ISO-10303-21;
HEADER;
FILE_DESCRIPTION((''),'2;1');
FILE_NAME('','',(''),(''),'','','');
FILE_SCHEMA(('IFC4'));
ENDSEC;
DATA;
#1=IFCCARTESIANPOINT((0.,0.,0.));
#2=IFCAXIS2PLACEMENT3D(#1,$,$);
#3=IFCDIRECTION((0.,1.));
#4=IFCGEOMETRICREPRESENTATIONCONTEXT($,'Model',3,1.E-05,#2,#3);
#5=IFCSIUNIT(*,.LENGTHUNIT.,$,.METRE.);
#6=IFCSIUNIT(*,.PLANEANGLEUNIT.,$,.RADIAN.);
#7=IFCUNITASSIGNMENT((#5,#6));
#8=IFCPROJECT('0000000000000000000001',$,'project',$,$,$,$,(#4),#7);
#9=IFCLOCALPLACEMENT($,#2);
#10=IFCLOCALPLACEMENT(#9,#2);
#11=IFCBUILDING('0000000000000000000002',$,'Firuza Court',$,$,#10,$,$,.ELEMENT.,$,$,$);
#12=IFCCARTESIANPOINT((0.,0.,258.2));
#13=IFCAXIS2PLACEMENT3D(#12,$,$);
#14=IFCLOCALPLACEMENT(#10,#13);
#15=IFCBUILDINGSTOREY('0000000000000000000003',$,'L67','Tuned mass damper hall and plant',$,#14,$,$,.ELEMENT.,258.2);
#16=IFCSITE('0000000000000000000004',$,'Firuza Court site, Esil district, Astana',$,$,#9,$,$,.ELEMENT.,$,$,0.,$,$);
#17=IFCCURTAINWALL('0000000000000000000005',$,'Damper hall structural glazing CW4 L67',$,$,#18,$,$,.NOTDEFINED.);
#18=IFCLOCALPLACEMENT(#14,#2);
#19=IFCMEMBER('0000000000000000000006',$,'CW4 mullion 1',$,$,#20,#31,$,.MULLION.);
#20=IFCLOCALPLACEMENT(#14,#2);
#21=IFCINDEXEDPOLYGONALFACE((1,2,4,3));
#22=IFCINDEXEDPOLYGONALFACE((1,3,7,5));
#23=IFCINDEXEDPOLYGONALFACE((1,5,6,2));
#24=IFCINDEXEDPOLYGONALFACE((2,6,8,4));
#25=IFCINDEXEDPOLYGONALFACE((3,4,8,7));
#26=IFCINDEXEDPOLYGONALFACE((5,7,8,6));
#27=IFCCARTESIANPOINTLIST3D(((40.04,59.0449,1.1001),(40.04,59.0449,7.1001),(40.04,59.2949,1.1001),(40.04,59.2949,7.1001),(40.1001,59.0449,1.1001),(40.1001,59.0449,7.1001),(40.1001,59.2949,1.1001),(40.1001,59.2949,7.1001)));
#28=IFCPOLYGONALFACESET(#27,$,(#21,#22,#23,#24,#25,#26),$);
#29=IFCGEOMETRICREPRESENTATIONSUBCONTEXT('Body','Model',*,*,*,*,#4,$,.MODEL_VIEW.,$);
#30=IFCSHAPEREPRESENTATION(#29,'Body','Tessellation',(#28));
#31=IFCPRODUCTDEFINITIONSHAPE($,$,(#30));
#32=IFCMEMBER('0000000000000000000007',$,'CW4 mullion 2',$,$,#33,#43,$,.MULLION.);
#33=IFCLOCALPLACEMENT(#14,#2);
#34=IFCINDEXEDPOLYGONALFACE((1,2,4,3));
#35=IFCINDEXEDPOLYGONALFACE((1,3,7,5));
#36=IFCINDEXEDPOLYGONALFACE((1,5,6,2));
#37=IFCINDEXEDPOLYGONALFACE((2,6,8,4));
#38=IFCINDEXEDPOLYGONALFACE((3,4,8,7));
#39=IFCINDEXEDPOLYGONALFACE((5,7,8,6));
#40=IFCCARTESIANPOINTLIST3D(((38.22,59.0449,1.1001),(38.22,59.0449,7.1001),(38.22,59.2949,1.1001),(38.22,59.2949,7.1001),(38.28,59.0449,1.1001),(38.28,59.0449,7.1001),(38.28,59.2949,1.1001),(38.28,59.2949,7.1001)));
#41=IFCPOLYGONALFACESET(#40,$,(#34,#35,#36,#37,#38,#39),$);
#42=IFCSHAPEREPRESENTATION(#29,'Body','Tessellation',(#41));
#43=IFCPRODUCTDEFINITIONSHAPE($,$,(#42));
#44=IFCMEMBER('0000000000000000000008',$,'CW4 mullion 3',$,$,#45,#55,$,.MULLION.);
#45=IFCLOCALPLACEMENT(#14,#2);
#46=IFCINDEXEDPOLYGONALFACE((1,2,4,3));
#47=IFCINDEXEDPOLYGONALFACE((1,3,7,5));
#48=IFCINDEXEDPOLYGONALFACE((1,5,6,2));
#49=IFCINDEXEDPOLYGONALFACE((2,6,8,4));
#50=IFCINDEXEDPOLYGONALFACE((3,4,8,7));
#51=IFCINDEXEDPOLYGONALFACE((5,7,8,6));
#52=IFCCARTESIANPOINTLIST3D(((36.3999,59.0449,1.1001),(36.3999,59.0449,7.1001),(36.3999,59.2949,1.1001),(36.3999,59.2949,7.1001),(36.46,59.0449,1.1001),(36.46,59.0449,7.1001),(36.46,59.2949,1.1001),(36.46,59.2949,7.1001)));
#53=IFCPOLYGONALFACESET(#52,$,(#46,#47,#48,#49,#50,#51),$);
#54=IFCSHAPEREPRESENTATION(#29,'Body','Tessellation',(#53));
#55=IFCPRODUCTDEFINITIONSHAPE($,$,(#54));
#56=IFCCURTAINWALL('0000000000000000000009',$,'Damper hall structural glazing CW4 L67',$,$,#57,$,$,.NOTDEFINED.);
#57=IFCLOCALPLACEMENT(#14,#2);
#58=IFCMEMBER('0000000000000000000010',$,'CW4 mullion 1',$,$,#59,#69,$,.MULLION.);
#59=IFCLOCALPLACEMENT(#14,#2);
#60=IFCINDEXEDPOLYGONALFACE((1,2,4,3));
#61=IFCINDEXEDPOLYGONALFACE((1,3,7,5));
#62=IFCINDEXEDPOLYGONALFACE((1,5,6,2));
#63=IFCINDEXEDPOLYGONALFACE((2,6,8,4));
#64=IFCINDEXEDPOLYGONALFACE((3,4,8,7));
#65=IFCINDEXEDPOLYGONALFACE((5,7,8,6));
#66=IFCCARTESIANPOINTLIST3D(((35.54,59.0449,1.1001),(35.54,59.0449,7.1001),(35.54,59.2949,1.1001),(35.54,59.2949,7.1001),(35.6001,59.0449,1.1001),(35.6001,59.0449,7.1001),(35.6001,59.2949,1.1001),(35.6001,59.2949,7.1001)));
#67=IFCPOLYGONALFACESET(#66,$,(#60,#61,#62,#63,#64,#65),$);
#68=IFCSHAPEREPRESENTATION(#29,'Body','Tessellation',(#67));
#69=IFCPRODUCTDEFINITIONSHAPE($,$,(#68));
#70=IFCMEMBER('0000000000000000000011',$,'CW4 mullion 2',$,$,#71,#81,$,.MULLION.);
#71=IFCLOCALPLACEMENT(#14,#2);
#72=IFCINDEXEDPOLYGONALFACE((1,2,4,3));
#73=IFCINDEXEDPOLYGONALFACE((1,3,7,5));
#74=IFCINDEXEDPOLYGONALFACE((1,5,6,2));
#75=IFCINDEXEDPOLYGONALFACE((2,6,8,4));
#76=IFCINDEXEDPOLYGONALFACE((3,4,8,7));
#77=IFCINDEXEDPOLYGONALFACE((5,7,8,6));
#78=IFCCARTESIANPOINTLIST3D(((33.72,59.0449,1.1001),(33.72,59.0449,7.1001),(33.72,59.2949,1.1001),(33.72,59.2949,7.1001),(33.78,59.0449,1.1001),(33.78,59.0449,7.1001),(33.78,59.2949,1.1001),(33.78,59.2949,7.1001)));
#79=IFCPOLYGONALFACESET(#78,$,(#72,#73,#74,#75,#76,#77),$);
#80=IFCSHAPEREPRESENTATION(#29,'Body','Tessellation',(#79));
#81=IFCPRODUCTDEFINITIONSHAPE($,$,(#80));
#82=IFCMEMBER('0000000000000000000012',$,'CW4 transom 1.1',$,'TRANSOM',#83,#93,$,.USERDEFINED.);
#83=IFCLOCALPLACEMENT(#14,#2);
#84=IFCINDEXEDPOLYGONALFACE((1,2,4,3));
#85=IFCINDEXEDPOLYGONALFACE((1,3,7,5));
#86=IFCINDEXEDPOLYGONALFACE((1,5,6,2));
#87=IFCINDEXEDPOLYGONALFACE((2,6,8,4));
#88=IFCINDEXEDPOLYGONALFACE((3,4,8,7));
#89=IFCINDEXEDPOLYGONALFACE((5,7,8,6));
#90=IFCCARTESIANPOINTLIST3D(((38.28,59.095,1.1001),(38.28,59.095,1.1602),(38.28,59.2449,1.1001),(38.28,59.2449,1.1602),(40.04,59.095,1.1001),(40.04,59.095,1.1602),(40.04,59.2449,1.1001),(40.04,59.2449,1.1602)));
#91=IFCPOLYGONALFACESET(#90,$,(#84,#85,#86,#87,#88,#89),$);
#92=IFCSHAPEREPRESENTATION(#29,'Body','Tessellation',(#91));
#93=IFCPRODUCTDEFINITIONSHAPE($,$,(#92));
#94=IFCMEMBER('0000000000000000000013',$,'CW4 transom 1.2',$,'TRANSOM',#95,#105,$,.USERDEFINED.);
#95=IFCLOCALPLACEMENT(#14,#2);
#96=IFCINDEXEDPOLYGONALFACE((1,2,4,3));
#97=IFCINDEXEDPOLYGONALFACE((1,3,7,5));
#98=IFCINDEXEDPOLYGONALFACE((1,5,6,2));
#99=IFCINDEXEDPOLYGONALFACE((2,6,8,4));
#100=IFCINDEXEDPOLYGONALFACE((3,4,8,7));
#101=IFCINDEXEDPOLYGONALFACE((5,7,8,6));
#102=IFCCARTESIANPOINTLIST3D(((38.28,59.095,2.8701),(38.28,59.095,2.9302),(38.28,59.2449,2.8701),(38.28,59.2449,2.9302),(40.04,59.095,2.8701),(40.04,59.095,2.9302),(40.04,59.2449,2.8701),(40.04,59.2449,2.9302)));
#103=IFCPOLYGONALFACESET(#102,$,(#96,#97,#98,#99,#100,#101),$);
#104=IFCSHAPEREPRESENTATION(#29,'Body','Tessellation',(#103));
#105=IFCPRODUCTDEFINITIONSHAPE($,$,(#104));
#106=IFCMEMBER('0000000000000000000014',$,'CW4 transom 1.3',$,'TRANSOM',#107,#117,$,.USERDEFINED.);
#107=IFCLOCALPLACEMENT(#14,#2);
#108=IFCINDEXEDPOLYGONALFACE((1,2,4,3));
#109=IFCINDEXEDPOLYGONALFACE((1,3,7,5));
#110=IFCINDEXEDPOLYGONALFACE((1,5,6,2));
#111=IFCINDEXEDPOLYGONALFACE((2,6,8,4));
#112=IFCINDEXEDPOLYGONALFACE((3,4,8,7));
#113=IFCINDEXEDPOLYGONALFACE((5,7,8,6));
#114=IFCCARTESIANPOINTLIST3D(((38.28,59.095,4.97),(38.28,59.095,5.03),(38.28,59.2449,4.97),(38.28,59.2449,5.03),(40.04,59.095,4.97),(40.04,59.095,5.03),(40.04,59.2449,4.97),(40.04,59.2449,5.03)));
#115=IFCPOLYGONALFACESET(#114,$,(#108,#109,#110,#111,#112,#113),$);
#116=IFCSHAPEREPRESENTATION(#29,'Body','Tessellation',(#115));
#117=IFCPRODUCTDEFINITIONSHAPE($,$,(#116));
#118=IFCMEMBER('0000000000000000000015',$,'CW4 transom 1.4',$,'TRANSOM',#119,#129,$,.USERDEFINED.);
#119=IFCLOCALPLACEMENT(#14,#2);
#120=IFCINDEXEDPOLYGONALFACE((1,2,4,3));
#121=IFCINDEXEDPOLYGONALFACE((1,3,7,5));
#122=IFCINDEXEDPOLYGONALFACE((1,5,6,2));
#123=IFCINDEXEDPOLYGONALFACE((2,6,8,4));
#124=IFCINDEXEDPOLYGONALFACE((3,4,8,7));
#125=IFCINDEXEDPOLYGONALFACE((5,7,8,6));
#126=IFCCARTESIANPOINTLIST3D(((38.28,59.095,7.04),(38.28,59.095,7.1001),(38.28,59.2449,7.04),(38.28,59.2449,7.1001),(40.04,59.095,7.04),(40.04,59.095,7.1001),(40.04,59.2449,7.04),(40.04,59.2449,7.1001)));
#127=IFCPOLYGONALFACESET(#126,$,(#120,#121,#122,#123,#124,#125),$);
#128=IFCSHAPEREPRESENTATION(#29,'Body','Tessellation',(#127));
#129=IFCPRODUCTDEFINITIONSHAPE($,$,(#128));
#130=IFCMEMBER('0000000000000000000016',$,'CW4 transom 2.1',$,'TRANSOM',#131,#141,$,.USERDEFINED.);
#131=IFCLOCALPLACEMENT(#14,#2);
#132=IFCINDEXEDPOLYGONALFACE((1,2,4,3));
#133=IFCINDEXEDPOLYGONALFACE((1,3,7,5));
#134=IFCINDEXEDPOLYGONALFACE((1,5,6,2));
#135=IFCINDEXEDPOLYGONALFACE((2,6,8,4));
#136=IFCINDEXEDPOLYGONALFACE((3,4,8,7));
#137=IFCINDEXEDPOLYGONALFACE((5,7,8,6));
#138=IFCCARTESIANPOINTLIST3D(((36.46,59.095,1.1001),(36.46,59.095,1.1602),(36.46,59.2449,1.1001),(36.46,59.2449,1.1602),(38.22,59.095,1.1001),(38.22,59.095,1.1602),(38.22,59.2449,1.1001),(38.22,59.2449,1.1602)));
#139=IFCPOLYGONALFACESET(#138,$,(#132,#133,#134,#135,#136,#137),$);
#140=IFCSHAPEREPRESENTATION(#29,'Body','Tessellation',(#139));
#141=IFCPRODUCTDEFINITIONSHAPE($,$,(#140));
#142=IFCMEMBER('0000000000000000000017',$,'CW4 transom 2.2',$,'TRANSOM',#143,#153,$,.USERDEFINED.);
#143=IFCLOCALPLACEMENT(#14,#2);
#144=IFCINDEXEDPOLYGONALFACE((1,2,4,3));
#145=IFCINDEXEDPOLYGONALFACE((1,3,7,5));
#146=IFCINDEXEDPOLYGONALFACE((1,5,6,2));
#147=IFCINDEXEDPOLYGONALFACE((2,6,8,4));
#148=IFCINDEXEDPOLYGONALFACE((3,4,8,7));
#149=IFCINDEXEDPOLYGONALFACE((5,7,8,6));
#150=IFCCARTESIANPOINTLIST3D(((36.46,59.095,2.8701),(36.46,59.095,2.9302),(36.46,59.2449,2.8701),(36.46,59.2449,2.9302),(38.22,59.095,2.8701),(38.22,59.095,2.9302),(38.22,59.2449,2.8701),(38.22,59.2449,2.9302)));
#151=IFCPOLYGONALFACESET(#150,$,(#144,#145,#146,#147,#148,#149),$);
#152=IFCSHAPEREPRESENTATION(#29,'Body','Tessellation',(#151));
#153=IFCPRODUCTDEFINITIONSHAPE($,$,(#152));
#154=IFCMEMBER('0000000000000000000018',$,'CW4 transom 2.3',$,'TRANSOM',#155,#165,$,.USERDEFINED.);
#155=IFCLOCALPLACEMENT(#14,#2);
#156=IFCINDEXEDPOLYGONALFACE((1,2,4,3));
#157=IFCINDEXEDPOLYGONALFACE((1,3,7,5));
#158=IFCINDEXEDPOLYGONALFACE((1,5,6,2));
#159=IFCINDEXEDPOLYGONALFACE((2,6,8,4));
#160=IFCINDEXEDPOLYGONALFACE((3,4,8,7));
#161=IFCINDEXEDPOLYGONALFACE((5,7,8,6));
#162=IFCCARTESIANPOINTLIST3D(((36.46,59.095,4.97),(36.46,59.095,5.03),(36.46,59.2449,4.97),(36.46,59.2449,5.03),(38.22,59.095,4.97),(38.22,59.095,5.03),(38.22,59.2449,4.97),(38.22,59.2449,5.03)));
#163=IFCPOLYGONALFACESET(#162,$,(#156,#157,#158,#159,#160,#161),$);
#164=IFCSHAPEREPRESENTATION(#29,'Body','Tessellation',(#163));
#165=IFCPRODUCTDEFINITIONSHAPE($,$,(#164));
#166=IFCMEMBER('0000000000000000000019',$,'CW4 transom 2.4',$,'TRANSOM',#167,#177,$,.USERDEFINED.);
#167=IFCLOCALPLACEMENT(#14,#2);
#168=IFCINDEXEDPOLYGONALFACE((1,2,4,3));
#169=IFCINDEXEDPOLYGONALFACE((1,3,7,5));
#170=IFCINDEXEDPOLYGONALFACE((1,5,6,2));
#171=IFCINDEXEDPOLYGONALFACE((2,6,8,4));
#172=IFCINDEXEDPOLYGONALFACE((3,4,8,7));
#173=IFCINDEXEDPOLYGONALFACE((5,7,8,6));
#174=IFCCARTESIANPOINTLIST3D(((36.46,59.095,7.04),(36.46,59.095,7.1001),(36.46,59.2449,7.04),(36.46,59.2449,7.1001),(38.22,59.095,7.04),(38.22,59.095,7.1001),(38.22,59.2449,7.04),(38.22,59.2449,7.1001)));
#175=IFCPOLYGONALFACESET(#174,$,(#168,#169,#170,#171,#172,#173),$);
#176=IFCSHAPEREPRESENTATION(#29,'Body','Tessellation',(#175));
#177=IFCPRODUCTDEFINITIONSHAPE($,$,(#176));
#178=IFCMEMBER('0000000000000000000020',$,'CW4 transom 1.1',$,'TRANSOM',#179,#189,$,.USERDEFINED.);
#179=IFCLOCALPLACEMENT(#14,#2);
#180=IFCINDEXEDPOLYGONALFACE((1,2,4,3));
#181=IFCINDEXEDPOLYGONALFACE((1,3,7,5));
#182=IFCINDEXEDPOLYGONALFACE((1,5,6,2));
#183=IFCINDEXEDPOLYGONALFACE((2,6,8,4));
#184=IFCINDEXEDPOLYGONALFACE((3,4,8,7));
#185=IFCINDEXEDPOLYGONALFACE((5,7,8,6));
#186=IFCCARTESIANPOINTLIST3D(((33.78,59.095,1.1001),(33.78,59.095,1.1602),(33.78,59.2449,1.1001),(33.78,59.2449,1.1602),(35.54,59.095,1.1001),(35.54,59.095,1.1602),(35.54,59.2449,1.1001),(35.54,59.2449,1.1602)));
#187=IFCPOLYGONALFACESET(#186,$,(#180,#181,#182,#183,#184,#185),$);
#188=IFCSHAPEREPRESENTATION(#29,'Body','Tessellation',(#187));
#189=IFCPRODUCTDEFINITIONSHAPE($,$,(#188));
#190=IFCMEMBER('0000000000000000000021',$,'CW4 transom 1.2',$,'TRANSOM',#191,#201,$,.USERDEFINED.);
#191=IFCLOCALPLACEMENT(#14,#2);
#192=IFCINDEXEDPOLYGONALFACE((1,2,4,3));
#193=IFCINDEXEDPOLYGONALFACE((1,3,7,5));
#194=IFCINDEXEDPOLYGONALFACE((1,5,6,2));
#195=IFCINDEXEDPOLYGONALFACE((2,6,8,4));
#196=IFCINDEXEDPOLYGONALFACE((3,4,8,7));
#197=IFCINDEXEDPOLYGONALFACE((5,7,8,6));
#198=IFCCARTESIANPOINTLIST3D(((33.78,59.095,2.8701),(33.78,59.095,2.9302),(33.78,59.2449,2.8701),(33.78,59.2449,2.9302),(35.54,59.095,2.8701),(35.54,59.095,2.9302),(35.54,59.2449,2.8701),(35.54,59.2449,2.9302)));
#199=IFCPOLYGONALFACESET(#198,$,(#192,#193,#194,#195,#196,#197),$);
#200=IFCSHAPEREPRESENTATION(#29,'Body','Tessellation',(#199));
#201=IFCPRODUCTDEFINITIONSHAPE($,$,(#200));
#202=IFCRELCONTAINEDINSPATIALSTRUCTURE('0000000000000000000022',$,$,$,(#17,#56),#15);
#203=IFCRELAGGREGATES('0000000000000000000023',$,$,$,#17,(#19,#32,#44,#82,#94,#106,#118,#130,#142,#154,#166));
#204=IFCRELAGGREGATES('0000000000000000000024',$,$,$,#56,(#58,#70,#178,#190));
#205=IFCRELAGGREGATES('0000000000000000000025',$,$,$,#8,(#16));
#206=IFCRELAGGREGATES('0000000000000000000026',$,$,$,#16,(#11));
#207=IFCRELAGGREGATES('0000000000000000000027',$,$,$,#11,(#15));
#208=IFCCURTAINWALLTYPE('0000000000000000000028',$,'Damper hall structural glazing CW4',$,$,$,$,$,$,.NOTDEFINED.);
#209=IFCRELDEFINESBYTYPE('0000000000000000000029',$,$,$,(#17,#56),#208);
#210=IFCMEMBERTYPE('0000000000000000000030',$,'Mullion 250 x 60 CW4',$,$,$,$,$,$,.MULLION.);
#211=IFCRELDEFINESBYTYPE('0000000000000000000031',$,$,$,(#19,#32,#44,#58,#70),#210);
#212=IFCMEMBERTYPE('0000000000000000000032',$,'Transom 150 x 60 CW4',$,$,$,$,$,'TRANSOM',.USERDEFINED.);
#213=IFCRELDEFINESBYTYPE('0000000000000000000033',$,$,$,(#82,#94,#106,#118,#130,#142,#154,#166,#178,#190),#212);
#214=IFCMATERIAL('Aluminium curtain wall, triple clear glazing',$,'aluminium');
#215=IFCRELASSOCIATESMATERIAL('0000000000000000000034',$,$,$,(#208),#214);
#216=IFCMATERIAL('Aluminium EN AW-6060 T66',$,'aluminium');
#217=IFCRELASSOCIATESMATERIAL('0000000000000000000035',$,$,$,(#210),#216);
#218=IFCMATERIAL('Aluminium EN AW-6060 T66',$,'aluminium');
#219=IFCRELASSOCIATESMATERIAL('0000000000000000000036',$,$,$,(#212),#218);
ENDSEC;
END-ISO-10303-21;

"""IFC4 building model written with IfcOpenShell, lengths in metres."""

from ifc_helpers import new_model, si_unit, direction, frame, origin, origin_2d, place, context, subcontext, project, spatial, rectangle, extrude, material, material_profile, profile_set, type_object, element, aggregate, save


model = new_model("IFC4")

# Units and contexts
model_context = context("Model", 3, precision=1e-05, world=origin(), true_north=direction((0.0, 1.0)))
body_context = subcontext(model_context, "Body", "Model", "MODEL_VIEW")
ifc_project = project(units=[si_unit("LENGTHUNIT", "METRE"), si_unit("PLANEANGLEUNIT", "RADIAN")], contexts=[model_context])

# Site, building, storey
site_placement = place(None, origin())
site = spatial("IfcSite", under=ifc_project, at=site_placement, Name="Firuza Court site, Esil district, Astana", CompositionType="ELEMENT", RefElevation=0.0)
building_placement = place(site_placement, origin())
building = spatial("IfcBuilding", under=site, at=building_placement, Name="Firuza Court", CompositionType="ELEMENT")
storey_placement = place(building_placement, frame((0.0, 0.0, 258.2)))
storey = spatial("IfcBuildingStorey", under=building, at=storey_placement, Name="L67", Description="Tuned mass damper hall and plant", CompositionType="ELEMENT", Elevation=258.2)

# Curtain walls, members
ifc_material_1 = material(Name="Aluminium curtain wall, triple clear glazing", Category="aluminium")
curtain_wall_type = type_object("IfcCurtainWallType", Name="Damper hall structural glazing CW4", PredefinedType="NOTDEFINED", material=ifc_material_1)
curtain_wall_1_placement = place(storey_placement, origin())
curtain_wall_1 = element("IfcCurtainWall", 1, at=curtain_wall_1_placement, inside=storey, type_object=curtain_wall_type, Name="Damper hall structural glazing CW4 L67", PredefinedType="NOTDEFINED")
ifc_material_2 = material(Name="Aluminium EN AW-6060 T66", Category="aluminium")
ifc_material_profile_1 = material_profile(ifc_material_2, rectangle(XDim=0.25, YDim=0.0601, at=origin_2d()), Name="Mullion 250 x 60 CW4")
ifc_profile_set_1 = profile_set([ifc_material_profile_1], Name="Aluminium EN AW-6060 T66")
member_type_1 = type_object("IfcMemberType", Name="Mullion 250 x 60 CW4", PredefinedType="MULLION", material=ifc_profile_set_1)
member_1_placement = place(storey_placement, frame((40.0701, 59.1699, 1.1001), z_axis=(0.0, 0.0, 1.0), x_axis=(0.0, -1.0, 0.0)))
member_1 = element("IfcMember", 2, at=member_1_placement, type_object=member_type_1, Name="CW4 mullion 1", PredefinedType="MULLION", context=body_context, shape_type="SweptSolid", body=[
    extrude(rectangle(XDim=0.25, YDim=0.0601, at=origin_2d()), origin(), (0.0, 0.0, 1.0), 6.0),
])
member_2_placement = place(storey_placement, frame((38.25, 59.1699, 1.1001), z_axis=(0.0, 0.0, 1.0), x_axis=(0.0, -1.0, 0.0)))
member_2 = element("IfcMember", 3, at=member_2_placement, type_object=member_type_1, Name="CW4 mullion 2", PredefinedType="MULLION", context=body_context, shape_type="SweptSolid", body=[
    extrude(rectangle(XDim=0.25, YDim=0.0601, at=origin_2d()), origin(), (0.0, 0.0, 1.0), 6.0),
])
member_3_placement = place(storey_placement, frame((36.4299, 59.1699, 1.1001), z_axis=(0.0, 0.0, 1.0), x_axis=(0.0, -1.0, 0.0)))
member_3 = element("IfcMember", 4, at=member_3_placement, type_object=member_type_1, Name="CW4 mullion 3", PredefinedType="MULLION", context=body_context, shape_type="SweptSolid", body=[
    extrude(rectangle(XDim=0.25, YDim=0.0601, at=origin_2d()), origin(), (0.0, 0.0, 1.0), 6.0),
])
curtain_wall_2_placement = place(storey_placement, origin())
curtain_wall_2 = element("IfcCurtainWall", 5, at=curtain_wall_2_placement, inside=storey, type_object=curtain_wall_type, Name="Damper hall structural glazing CW4 L67", PredefinedType="NOTDEFINED")
member_4_placement = place(storey_placement, frame((35.5701, 59.1699, 1.1001), z_axis=(0.0, 0.0, 1.0), x_axis=(0.0, -1.0, 0.0)))
member_4 = element("IfcMember", 6, at=member_4_placement, type_object=member_type_1, Name="CW4 mullion 1", PredefinedType="MULLION", context=body_context, shape_type="SweptSolid", body=[
    extrude(rectangle(XDim=0.25, YDim=0.0601, at=origin_2d()), origin(), (0.0, 0.0, 1.0), 6.0),
])
member_5_placement = place(storey_placement, frame((33.75, 59.1699, 1.1001), z_axis=(0.0, 0.0, 1.0), x_axis=(0.0, -1.0, 0.0)))
member_5 = element("IfcMember", 7, at=member_5_placement, type_object=member_type_1, Name="CW4 mullion 2", PredefinedType="MULLION", context=body_context, shape_type="SweptSolid", body=[
    extrude(rectangle(XDim=0.25, YDim=0.0601, at=origin_2d()), origin(), (0.0, 0.0, 1.0), 6.0),
])

# Members
ifc_material_3 = material(Name="Aluminium EN AW-6060 T66", Category="aluminium")
ifc_material_profile_2 = material_profile(ifc_material_3, rectangle(XDim=0.1499, YDim=0.0601, at=origin_2d()), Name="Transom 150 x 60 CW4")
ifc_profile_set_2 = profile_set([ifc_material_profile_2], Name="Aluminium EN AW-6060 T66")
member_type_2 = type_object("IfcMemberType", Name="Transom 150 x 60 CW4", ElementType="TRANSOM", PredefinedType="USERDEFINED", material=ifc_profile_set_2)
member_6_placement = place(storey_placement, frame((40.04, 59.1699, 1.1301), z_axis=(-1.0, 0.0, 0.0), x_axis=(0.0, -1.0, 0.0)))
member_6 = element("IfcMember", 8, at=member_6_placement, type_object=member_type_2, Name="CW4 transom 1.1", ObjectType="TRANSOM", PredefinedType="USERDEFINED", context=body_context, shape_type="SweptSolid", body=[
    extrude(rectangle(XDim=0.1499, YDim=0.0601, at=origin_2d()), origin(), (0.0, 0.0, 1.0), 1.76),
])
member_7_placement = place(storey_placement, frame((40.04, 59.1699, 2.9001), z_axis=(-1.0, 0.0, 0.0), x_axis=(0.0, -1.0, 0.0)))
member_7 = element("IfcMember", 9, at=member_7_placement, type_object=member_type_2, Name="CW4 transom 1.2", ObjectType="TRANSOM", PredefinedType="USERDEFINED", context=body_context, shape_type="SweptSolid", body=[
    extrude(rectangle(XDim=0.1499, YDim=0.0601, at=origin_2d()), origin(), (0.0, 0.0, 1.0), 1.76),
])
member_8_placement = place(storey_placement, frame((40.04, 59.1699, 5.0), z_axis=(-1.0, 0.0, 0.0), x_axis=(0.0, -1.0, 0.0)))
member_8 = element("IfcMember", 10, at=member_8_placement, type_object=member_type_2, Name="CW4 transom 1.3", ObjectType="TRANSOM", PredefinedType="USERDEFINED", context=body_context, shape_type="SweptSolid", body=[
    extrude(rectangle(XDim=0.1499, YDim=0.0601, at=origin_2d()), origin(), (0.0, 0.0, 1.0), 1.76),
])
member_9_placement = place(storey_placement, frame((40.04, 59.1699, 7.0701), z_axis=(-1.0, 0.0, 0.0), x_axis=(0.0, -1.0, 0.0)))
member_9 = element("IfcMember", 11, at=member_9_placement, type_object=member_type_2, Name="CW4 transom 1.4", ObjectType="TRANSOM", PredefinedType="USERDEFINED", context=body_context, shape_type="SweptSolid", body=[
    extrude(rectangle(XDim=0.1499, YDim=0.0601, at=origin_2d()), origin(), (0.0, 0.0, 1.0), 1.76),
])
member_10_placement = place(storey_placement, frame((38.22, 59.1699, 1.1301), z_axis=(-1.0, 0.0, 0.0), x_axis=(0.0, -1.0, 0.0)))
member_10 = element("IfcMember", 12, at=member_10_placement, type_object=member_type_2, Name="CW4 transom 2.1", ObjectType="TRANSOM", PredefinedType="USERDEFINED", context=body_context, shape_type="SweptSolid", body=[
    extrude(rectangle(XDim=0.1499, YDim=0.0601, at=origin_2d()), origin(), (0.0, 0.0, 1.0), 1.76),
])
member_11_placement = place(storey_placement, frame((38.22, 59.1699, 2.9001), z_axis=(-1.0, 0.0, 0.0), x_axis=(0.0, -1.0, 0.0)))
member_11 = element("IfcMember", 13, at=member_11_placement, type_object=member_type_2, Name="CW4 transom 2.2", ObjectType="TRANSOM", PredefinedType="USERDEFINED", context=body_context, shape_type="SweptSolid", body=[
    extrude(rectangle(XDim=0.1499, YDim=0.0601, at=origin_2d()), origin(), (0.0, 0.0, 1.0), 1.76),
])
member_12_placement = place(storey_placement, frame((38.22, 59.1699, 5.0), z_axis=(-1.0, 0.0, 0.0), x_axis=(0.0, -1.0, 0.0)))
member_12 = element("IfcMember", 14, at=member_12_placement, type_object=member_type_2, Name="CW4 transom 2.3", ObjectType="TRANSOM", PredefinedType="USERDEFINED", context=body_context, shape_type="SweptSolid", body=[
    extrude(rectangle(XDim=0.1499, YDim=0.0601, at=origin_2d()), origin(), (0.0, 0.0, 1.0), 1.76),
])
member_13_placement = place(storey_placement, frame((38.22, 59.1699, 7.0701), z_axis=(-1.0, 0.0, 0.0), x_axis=(0.0, -1.0, 0.0)))
member_13 = element("IfcMember", 15, at=member_13_placement, type_object=member_type_2, Name="CW4 transom 2.4", ObjectType="TRANSOM", PredefinedType="USERDEFINED", context=body_context, shape_type="SweptSolid", body=[
    extrude(rectangle(XDim=0.1499, YDim=0.0601, at=origin_2d()), origin(), (0.0, 0.0, 1.0), 1.76),
])
member_14_placement = place(storey_placement, frame((35.54, 59.1699, 1.1301), z_axis=(-1.0, 0.0, 0.0), x_axis=(0.0, -1.0, 0.0)))
member_14 = element("IfcMember", 16, at=member_14_placement, type_object=member_type_2, Name="CW4 transom 1.1", ObjectType="TRANSOM", PredefinedType="USERDEFINED", context=body_context, shape_type="SweptSolid", body=[
    extrude(rectangle(XDim=0.1499, YDim=0.0601, at=origin_2d()), origin(), (0.0, 0.0, 1.0), 1.76),
])
member_15_placement = place(storey_placement, frame((35.54, 59.1699, 2.9001), z_axis=(-1.0, 0.0, 0.0), x_axis=(0.0, -1.0, 0.0)))
member_15 = element("IfcMember", 17, at=member_15_placement, type_object=member_type_2, Name="CW4 transom 1.2", ObjectType="TRANSOM", PredefinedType="USERDEFINED", context=body_context, shape_type="SweptSolid", body=[
    extrude(rectangle(XDim=0.1499, YDim=0.0601, at=origin_2d()), origin(), (0.0, 0.0, 1.0), 1.76),
])

aggregate(curtain_wall_1, [member_1, member_2, member_3, member_6, member_7, member_8, member_9, member_10, member_11, member_12, member_13])
aggregate(curtain_wall_2, [member_4, member_5, member_14, member_15])

save(model, "model.ifc")
